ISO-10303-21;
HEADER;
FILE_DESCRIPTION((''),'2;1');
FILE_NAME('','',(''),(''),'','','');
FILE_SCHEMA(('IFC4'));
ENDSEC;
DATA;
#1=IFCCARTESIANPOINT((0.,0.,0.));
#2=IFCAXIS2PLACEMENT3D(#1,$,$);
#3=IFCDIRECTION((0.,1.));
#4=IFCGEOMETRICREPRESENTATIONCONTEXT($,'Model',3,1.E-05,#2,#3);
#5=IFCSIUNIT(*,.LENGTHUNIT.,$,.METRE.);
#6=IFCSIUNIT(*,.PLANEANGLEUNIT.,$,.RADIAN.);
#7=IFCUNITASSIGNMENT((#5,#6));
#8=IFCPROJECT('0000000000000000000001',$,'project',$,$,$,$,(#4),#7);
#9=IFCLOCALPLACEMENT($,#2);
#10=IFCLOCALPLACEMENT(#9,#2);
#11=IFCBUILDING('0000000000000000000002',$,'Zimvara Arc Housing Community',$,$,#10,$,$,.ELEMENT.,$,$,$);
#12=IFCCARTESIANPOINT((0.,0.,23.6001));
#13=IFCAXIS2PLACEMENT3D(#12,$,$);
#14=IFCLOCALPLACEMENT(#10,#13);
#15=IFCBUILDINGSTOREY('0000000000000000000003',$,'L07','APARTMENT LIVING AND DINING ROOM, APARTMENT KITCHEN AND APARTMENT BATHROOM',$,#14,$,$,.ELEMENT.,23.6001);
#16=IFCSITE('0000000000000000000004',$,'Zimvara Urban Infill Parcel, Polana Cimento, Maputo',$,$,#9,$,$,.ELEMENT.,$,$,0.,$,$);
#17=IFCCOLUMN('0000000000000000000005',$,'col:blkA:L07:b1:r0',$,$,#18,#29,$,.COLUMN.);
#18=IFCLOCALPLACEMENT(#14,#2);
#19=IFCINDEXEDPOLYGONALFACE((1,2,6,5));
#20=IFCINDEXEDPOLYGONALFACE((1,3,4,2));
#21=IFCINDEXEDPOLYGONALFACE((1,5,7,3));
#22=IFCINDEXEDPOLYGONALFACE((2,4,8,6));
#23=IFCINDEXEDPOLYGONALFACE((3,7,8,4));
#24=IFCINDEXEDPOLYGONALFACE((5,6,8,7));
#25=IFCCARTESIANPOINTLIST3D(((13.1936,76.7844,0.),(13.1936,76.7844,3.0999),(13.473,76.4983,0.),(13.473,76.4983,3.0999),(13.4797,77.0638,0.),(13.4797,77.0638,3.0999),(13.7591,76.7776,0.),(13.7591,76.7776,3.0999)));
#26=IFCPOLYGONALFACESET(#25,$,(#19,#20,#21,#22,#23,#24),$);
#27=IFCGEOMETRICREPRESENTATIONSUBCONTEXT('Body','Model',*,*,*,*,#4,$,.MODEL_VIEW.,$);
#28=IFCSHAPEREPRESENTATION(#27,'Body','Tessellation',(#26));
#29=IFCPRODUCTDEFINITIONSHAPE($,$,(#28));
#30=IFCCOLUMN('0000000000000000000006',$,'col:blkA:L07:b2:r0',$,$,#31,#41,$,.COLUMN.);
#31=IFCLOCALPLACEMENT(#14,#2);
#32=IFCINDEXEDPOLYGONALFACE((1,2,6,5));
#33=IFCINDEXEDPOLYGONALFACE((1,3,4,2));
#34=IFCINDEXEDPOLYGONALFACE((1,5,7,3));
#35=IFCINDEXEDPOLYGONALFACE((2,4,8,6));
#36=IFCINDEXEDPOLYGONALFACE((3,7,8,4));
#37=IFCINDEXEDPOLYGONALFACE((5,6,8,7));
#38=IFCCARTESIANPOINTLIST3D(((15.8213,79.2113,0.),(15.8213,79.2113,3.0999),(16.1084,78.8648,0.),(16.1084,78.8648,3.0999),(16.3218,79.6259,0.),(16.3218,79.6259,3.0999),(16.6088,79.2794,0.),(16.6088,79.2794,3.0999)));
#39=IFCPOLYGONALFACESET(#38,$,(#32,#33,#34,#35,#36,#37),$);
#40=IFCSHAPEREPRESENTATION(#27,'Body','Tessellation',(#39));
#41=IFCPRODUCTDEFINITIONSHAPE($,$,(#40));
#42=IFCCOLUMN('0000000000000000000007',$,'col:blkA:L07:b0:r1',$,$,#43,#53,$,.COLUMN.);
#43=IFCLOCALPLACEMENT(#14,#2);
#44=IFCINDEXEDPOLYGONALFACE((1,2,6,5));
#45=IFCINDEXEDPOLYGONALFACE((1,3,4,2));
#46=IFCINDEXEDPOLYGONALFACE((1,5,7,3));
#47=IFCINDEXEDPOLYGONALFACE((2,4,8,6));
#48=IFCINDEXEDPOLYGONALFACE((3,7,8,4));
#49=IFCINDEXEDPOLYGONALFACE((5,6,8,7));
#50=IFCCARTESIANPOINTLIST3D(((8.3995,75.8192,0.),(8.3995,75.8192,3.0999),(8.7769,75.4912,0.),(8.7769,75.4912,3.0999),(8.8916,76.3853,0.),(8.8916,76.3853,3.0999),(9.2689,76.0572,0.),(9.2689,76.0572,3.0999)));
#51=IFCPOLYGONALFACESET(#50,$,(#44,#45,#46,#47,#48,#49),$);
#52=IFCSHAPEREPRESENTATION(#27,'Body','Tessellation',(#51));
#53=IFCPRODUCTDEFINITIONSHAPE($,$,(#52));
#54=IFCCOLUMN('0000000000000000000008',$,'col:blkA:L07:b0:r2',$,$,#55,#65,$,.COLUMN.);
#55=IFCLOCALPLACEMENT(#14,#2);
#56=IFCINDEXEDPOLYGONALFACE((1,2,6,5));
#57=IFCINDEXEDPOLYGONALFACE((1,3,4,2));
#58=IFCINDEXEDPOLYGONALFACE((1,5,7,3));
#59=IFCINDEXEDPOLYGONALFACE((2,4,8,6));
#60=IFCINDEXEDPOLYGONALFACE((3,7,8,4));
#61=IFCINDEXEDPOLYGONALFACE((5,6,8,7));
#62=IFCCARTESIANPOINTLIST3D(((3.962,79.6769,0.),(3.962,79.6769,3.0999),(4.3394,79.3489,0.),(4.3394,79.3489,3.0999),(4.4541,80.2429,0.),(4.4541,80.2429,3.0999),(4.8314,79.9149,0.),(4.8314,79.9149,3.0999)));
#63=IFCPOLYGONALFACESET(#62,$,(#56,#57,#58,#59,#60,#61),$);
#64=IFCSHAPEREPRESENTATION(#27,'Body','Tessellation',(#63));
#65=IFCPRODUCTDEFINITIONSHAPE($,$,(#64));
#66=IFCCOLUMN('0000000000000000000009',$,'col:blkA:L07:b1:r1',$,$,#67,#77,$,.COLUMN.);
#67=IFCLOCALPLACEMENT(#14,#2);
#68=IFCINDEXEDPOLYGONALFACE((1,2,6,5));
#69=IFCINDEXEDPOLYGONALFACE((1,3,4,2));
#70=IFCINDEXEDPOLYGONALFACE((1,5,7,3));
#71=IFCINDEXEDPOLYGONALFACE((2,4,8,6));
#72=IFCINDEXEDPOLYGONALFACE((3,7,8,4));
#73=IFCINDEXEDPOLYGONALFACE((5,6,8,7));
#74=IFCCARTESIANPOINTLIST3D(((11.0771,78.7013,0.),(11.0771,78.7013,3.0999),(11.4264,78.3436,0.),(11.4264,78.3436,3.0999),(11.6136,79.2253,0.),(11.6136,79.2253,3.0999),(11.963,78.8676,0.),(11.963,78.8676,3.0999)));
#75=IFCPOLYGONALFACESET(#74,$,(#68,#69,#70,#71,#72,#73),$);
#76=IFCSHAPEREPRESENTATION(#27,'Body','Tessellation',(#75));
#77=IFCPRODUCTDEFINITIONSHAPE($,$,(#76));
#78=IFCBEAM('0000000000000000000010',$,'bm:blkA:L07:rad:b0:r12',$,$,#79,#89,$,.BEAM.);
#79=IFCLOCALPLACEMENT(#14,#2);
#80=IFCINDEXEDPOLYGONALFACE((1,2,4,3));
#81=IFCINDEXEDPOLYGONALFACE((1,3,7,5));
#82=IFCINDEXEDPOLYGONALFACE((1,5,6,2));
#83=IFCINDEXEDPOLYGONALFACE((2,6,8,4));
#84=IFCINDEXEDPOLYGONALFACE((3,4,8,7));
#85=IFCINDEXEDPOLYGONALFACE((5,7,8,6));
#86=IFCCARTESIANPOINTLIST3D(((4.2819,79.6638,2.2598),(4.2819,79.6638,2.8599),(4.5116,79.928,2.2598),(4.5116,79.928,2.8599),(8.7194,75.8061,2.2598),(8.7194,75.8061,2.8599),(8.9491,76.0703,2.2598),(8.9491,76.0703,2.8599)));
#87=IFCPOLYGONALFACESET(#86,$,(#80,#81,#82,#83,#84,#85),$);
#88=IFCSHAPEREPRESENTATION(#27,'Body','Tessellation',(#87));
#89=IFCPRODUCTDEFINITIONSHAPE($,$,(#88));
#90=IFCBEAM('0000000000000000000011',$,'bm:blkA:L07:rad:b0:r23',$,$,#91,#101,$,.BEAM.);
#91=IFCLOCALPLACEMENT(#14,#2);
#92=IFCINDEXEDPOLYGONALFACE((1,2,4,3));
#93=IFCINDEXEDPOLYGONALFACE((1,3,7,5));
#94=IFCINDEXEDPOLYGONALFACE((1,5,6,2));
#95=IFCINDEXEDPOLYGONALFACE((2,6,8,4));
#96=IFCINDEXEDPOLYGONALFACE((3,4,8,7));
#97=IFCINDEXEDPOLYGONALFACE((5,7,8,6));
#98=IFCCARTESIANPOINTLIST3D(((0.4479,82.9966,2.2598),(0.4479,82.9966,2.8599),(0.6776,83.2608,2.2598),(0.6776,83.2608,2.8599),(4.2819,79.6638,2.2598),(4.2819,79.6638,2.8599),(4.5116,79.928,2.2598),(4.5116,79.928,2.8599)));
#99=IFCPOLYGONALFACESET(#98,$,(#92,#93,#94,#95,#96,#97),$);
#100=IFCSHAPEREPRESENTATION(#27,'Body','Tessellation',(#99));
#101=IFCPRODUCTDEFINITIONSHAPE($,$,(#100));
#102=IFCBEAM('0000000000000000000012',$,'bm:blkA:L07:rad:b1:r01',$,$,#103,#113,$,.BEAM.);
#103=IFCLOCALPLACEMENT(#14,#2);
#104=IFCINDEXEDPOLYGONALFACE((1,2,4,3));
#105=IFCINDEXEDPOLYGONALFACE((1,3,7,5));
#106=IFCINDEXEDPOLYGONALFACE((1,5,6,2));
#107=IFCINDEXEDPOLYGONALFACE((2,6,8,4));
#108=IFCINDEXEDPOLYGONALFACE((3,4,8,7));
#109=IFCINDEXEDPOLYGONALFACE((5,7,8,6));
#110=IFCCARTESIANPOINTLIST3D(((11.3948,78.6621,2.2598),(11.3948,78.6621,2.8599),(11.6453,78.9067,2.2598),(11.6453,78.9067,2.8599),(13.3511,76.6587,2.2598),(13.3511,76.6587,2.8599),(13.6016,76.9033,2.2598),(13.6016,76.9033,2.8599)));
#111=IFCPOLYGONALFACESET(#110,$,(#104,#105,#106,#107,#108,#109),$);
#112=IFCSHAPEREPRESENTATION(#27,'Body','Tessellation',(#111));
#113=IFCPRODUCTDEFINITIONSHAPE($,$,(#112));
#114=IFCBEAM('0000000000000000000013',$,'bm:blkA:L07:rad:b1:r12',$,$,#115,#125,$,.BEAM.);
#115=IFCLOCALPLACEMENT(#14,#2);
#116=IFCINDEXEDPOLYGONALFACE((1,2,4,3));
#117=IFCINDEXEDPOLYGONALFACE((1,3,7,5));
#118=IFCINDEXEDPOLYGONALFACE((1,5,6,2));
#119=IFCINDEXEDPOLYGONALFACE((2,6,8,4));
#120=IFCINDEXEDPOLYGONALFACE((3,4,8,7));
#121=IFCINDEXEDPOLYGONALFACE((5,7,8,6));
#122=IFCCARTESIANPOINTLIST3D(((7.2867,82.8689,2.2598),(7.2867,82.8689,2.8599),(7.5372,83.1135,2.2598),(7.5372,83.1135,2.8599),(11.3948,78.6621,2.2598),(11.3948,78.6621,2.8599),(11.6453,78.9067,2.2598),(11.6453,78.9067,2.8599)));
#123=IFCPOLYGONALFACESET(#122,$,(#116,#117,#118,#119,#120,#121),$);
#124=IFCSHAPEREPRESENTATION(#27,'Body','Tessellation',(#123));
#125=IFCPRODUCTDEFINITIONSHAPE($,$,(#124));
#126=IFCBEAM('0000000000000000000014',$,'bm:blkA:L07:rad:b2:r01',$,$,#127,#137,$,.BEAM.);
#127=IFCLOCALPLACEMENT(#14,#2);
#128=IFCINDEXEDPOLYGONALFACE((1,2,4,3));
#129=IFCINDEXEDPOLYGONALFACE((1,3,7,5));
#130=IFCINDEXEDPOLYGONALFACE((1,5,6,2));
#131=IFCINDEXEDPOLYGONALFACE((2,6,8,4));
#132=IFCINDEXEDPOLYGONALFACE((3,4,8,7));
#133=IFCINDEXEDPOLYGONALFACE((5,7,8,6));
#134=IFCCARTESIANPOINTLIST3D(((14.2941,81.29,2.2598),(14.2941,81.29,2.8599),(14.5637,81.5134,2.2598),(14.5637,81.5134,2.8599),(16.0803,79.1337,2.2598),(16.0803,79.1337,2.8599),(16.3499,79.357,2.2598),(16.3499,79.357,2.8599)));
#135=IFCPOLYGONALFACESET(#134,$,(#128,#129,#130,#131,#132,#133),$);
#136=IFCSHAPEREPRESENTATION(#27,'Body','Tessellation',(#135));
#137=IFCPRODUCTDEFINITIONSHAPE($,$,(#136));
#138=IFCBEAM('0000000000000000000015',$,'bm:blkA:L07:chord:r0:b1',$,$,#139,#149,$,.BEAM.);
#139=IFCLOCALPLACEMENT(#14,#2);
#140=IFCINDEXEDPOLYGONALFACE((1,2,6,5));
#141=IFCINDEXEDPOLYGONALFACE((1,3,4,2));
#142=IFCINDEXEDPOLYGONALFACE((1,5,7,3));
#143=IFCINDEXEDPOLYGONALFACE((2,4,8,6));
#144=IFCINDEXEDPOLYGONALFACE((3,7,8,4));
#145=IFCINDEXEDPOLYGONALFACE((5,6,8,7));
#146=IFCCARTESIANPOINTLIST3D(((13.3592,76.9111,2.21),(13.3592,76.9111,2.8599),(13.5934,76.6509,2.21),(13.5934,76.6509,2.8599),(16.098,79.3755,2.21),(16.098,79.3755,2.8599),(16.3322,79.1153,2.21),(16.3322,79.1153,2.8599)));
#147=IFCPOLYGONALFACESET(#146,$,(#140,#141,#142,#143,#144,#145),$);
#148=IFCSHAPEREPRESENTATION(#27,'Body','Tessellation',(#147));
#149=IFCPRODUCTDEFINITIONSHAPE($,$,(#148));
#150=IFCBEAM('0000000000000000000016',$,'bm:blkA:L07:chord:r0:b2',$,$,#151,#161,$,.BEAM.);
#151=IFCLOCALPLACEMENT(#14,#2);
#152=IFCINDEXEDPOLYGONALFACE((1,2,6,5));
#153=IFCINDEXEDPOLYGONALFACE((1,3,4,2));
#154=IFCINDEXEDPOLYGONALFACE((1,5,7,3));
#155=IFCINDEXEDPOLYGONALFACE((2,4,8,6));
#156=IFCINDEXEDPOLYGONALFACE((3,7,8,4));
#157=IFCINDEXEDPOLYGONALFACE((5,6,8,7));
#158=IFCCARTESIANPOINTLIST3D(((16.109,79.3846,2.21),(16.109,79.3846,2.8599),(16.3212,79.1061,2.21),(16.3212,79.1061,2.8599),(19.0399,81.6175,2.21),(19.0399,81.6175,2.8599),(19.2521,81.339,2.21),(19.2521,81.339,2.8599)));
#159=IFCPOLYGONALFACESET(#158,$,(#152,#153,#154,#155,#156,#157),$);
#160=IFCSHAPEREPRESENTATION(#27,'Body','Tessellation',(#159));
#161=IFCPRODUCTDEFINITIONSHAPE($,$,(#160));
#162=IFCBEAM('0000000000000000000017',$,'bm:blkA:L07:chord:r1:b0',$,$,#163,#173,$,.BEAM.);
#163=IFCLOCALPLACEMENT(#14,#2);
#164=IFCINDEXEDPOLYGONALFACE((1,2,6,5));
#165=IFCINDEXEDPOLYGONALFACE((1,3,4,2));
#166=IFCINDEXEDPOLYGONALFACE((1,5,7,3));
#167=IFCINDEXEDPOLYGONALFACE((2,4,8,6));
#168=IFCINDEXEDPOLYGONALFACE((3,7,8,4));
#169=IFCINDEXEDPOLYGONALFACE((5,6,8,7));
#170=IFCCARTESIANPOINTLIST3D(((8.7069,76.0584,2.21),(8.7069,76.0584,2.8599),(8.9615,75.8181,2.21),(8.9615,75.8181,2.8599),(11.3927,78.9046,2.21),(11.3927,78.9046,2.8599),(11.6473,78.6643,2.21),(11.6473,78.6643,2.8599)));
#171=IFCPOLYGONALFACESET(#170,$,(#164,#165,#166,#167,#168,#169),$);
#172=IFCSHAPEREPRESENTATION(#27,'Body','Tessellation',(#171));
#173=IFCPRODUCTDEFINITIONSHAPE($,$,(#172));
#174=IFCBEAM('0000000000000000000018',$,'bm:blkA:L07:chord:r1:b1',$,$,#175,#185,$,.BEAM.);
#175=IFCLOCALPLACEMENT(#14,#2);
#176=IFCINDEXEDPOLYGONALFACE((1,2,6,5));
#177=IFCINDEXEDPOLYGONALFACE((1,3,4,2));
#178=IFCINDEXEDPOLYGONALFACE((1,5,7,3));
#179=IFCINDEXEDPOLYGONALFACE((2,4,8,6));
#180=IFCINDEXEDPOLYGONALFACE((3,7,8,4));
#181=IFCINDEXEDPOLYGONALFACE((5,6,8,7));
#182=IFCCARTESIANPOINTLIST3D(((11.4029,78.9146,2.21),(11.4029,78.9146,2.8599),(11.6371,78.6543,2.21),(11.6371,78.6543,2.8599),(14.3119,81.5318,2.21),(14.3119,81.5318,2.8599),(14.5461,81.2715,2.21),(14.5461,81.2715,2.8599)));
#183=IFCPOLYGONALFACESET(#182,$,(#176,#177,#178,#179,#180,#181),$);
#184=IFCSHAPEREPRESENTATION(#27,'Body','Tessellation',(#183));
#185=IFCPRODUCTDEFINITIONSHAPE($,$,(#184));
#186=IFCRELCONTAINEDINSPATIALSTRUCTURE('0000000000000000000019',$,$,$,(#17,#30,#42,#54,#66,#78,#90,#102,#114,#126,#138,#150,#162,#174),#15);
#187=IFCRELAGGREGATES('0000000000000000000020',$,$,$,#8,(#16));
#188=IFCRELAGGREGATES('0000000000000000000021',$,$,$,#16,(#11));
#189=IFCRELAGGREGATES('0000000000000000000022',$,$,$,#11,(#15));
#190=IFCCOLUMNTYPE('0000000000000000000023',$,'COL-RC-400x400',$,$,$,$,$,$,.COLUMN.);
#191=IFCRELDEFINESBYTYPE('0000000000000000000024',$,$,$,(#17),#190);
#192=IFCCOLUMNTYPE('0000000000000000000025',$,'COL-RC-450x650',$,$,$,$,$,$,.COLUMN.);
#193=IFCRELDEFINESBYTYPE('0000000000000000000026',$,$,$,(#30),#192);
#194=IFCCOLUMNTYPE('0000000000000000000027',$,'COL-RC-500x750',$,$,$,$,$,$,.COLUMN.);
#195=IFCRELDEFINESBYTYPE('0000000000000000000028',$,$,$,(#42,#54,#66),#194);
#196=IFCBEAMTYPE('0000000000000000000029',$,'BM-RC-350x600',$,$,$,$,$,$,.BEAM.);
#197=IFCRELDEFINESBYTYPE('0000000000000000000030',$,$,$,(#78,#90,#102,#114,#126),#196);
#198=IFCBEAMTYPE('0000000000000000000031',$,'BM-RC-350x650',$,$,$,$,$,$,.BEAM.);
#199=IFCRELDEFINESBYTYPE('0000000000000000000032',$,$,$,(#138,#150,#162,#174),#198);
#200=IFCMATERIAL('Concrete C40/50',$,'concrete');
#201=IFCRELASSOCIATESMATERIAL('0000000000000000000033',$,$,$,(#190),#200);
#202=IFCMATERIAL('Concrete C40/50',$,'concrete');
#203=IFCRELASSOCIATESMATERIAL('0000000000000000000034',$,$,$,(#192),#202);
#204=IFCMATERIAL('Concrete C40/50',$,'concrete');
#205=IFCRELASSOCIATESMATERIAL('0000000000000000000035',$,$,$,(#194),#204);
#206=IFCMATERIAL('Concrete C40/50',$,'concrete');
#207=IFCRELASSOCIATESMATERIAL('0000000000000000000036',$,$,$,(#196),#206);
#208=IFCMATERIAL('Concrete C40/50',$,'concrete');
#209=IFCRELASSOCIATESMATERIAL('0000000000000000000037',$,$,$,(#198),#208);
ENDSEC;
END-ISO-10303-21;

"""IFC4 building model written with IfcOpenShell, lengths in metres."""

from ifc_helpers import new_model, si_unit, direction, frame, origin, origin_2d, place, context, subcontext, project, spatial, rectangle, extrude, material, material_profile, profile_set, type_object, element, save


model = new_model("IFC4")

# Units and contexts
model_context = context("Model", 3, precision=1e-05, world=origin(), true_north=direction((0.0, 1.0)))
body_context = subcontext(model_context, "Body", "Model", "MODEL_VIEW")
ifc_project = project(units=[si_unit("LENGTHUNIT", "METRE"), si_unit("PLANEANGLEUNIT", "RADIAN")], contexts=[model_context])

# Site, building, storey
site_placement = place(None, origin())
site = spatial("IfcSite", under=ifc_project, at=site_placement, Name="Zimvara Urban Infill Parcel, Polana Cimento, Maputo", CompositionType="ELEMENT", RefElevation=0.0)
building_placement = place(site_placement, origin())
building = spatial("IfcBuilding", under=site, at=building_placement, Name="Zimvara Arc Housing Community", CompositionType="ELEMENT")
storey_placement = place(building_placement, frame((0.0, 0.0, 23.6001)))
storey = spatial("IfcBuildingStorey", under=building, at=storey_placement, Name="L07", Description="APARTMENT LIVING AND DINING ROOM, APARTMENT KITCHEN AND APARTMENT BATHROOM", CompositionType="ELEMENT", Elevation=23.6001)

# Columns
ifc_material_1 = material(Name="Concrete C40/50", Category="concrete")
ifc_material_profile_1 = material_profile(ifc_material_1, rectangle(XDim=0.3999, YDim=0.3999, at=origin_2d()), Name="RC 400x400")
ifc_profile_set_1 = profile_set([ifc_material_profile_1], Name="Concrete C40/50")
column_type_1 = type_object("IfcColumnType", Name="COL-RC-400x400", PredefinedType="COLUMN", material=ifc_profile_set_1)
column_1_placement = place(storey_placement, frame((13.4763, 76.781, 0.0), z_axis=(0.0, 0.0, 1.0), x_axis=(-0.698665, 0.715449, 0.0)))
element("IfcColumn", 1, at=column_1_placement, inside=storey, type_object=column_type_1, Name="col:blkA:L07:b1:r0", PredefinedType="COLUMN", context=body_context, shape_type="SweptSolid", body=[
    extrude(rectangle(XDim=0.3999, YDim=0.3999, at=origin_2d()), origin(), (0.0, 0.0, 1.0), 3.0999),
])
ifc_material_2 = material(Name="Concrete C40/50", Category="concrete")
ifc_material_profile_2 = material_profile(ifc_material_2, rectangle(XDim=0.45, YDim=0.6499, at=origin_2d()), Name="RC 450x650")
ifc_profile_set_2 = profile_set([ifc_material_profile_2], Name="Concrete C40/50")
column_type_2 = type_object("IfcColumnType", Name="COL-RC-450x650", PredefinedType="COLUMN", material=ifc_profile_set_2)
column_2_placement = place(storey_placement, frame((16.2151, 79.2454, 0.0), z_axis=(0.0, 0.0, 1.0), x_axis=(-0.637962, 0.770068, 0.0)))
element("IfcColumn", 2, at=column_2_placement, inside=storey, type_object=column_type_2, Name="col:blkA:L07:b2:r0", PredefinedType="COLUMN", context=body_context, shape_type="SweptSolid", body=[
    extrude(rectangle(XDim=0.45, YDim=0.6499, at=origin_2d()), origin(), (0.0, 0.0, 1.0), 3.0999),
])
ifc_material_3 = material(Name="Concrete C40/50", Category="concrete")
ifc_material_profile_3 = material_profile(ifc_material_3, rectangle(XDim=0.5, YDim=0.75, at=origin_2d()), Name="RC 500x750")
ifc_profile_set_3 = profile_set([ifc_material_profile_3], Name="Concrete C40/50")
column_type_3 = type_object("IfcColumnType", Name="COL-RC-500x750", PredefinedType="COLUMN", material=ifc_profile_set_3)
for number, where, z_axis, x_axis, name in (
    (3, (8.8342, 75.9382, 0.0), (0.0, 0.0, 1.0), (-0.75471, 0.656059, 0.0), "col:blkA:L07:b0:r1"),
    (4, (4.3967, 79.7959, 0.0), (0.0, 0.0, 1.0), (-0.75471, 0.656059, 0.0), "col:blkA:L07:b0:r2"),
    (5, (11.52, 78.7844, 0.0), (0.0, 0.0, 1.0), (-0.698665, 0.715449, 0.0), "col:blkA:L07:b1:r1"),
):
    element("IfcColumn", number, at=place(storey_placement, frame(where, z_axis=z_axis, x_axis=x_axis)), inside=storey, type_object=column_type_3, Name=name, PredefinedType="COLUMN", context=body_context, shape_type="SweptSolid", body=[
        extrude(rectangle(XDim=0.5, YDim=0.75, at=origin_2d()), origin(), (0.0, 0.0, 1.0), 3.0999),
    ])

# Beams
ifc_material_4 = material(Name="Concrete C40/50", Category="concrete")
ifc_material_profile_4 = material_profile(ifc_material_4, rectangle(XDim=0.3501, YDim=0.6001, at=origin_2d()), Name="RC 350x600")
ifc_profile_set_4 = profile_set([ifc_material_profile_4], Name="Concrete C40/50")
beam_type_1 = type_object("IfcBeamType", Name="BM-RC-350x600", PredefinedType="BEAM", material=ifc_profile_set_4)
beam_1_placement = place(storey_placement, frame((8.8342, 75.9382, 2.5598), z_axis=(-0.754692, 0.656079, 0.0), x_axis=(-0.656079, -0.754692, 0.0)))
element("IfcBeam", 6, at=beam_1_placement, inside=storey, type_object=beam_type_1, Name="bm:blkA:L07:rad:b0:r12", PredefinedType="BEAM", context=body_context, shape_type="SweptSolid", body=[
    extrude(rectangle(XDim=0.3501, YDim=0.6001, at=origin_2d()), origin(), (0.0, 0.0, 1.0), 5.8799),
])
beam_2_placement = place(storey_placement, frame((4.3967, 79.7959, 2.5598), z_axis=(-0.754716, 0.656051, 0.0), x_axis=(-0.656051, -0.754716, 0.0)))
element("IfcBeam", 7, at=beam_2_placement, inside=storey, type_object=beam_type_1, Name="bm:blkA:L07:rad:b0:r23", PredefinedType="BEAM", context=body_context, shape_type="SweptSolid", body=[
    extrude(rectangle(XDim=0.3501, YDim=0.6001, at=origin_2d()), origin(), (0.0, 0.0, 1.0), 5.0801),
])
beam_3_placement = place(storey_placement, frame((13.4763, 76.781, 2.5598), z_axis=(-0.698643, 0.71547, 0.0), x_axis=(-0.71547, -0.698643, 0.0)))
element("IfcBeam", 8, at=beam_3_placement, inside=storey, type_object=beam_type_1, Name="bm:blkA:L07:rad:b1:r01", PredefinedType="BEAM", context=body_context, shape_type="SweptSolid", body=[
    extrude(rectangle(XDim=0.3501, YDim=0.6001, at=origin_2d()), origin(), (0.0, 0.0, 1.0), 2.8),
])
beam_4_placement = place(storey_placement, frame((11.52, 78.7844, 2.5598), z_axis=(-0.69867, 0.715444, 0.0), x_axis=(-0.715444, -0.69867, 0.0)))
element("IfcBeam", 9, at=beam_4_placement, inside=storey, type_object=beam_type_1, Name="bm:blkA:L07:rad:b1:r12", PredefinedType="BEAM", context=body_context, shape_type="SweptSolid", body=[
    extrude(rectangle(XDim=0.3501, YDim=0.6001, at=origin_2d()), origin(), (0.0, 0.0, 1.0), 5.8799),
])
beam_5_placement = place(storey_placement, frame((16.2151, 79.2454, 2.5598), z_axis=(-0.637917, 0.770105, 0.0), x_axis=(-0.770105, -0.637917, 0.0)))
element("IfcBeam", 10, at=beam_5_placement, inside=storey, type_object=beam_type_1, Name="bm:blkA:L07:rad:b2:r01", PredefinedType="BEAM", context=body_context, shape_type="SweptSolid", body=[
    extrude(rectangle(XDim=0.3501, YDim=0.6001, at=origin_2d()), origin(), (0.0, 0.0, 1.0), 2.8),
])
ifc_material_5 = material(Name="Concrete C40/50", Category="concrete")
ifc_material_profile_5 = material_profile(ifc_material_5, rectangle(XDim=0.3501, YDim=0.6499, at=origin_2d()), Name="RC 350x650")
ifc_profile_set_5 = profile_set([ifc_material_profile_5], Name="Concrete C40/50")
beam_type_2 = type_object("IfcBeamType", Name="BM-RC-350x650", PredefinedType="BEAM", material=ifc_profile_set_5)
beam_6_placement = place(storey_placement, frame((13.4763, 76.781, 2.5349), z_axis=(0.743367, 0.668884, 0.0), x_axis=(-0.668884, 0.743367, 0.0)))
element("IfcBeam", 11, at=beam_6_placement, inside=storey, type_object=beam_type_2, Name="bm:blkA:L07:chord:r0:b1", PredefinedType="BEAM", context=body_context, shape_type="SweptSolid", body=[
    extrude(rectangle(XDim=0.3501, YDim=0.6499, at=origin_2d()), origin(), (0.0, 0.0, 1.0), 3.6843),
])
beam_7_placement = place(storey_placement, frame((16.2151, 79.2454, 2.5349), z_axis=(0.795453, 0.606015, 0.0), x_axis=(-0.606015, 0.795453, 0.0)))
element("IfcBeam", 12, at=beam_7_placement, inside=storey, type_object=beam_type_2, Name="bm:blkA:L07:chord:r0:b2", PredefinedType="BEAM", context=body_context, shape_type="SweptSolid", body=[
    extrude(rectangle(XDim=0.3501, YDim=0.6499, at=origin_2d()), origin(), (0.0, 0.0, 1.0), 3.6846),
])
beam_8_placement = place(storey_placement, frame((8.8342, 75.9382, 2.5349), z_axis=(0.686316, 0.727304, 0.0), x_axis=(-0.727304, 0.686316, 0.0)))
element("IfcBeam", 13, at=beam_8_placement, inside=storey, type_object=beam_type_2, Name="bm:blkA:L07:chord:r1:b0", PredefinedType="BEAM", context=body_context, shape_type="SweptSolid", body=[
    extrude(rectangle(XDim=0.3501, YDim=0.6499, at=origin_2d()), origin(), (0.0, 0.0, 1.0), 3.9133),
])
beam_9_placement = place(storey_placement, frame((11.52, 78.7844, 2.5349), z_axis=(0.743403, 0.668844, 0.0), x_axis=(-0.668844, 0.743403, 0.0)))
element("IfcBeam", 14, at=beam_9_placement, inside=storey, type_object=beam_type_2, Name="bm:blkA:L07:chord:r1:b1", PredefinedType="BEAM", context=body_context, shape_type="SweptSolid", body=[
    extrude(rectangle(XDim=0.3501, YDim=0.6499, at=origin_2d()), origin(), (0.0, 0.0, 1.0), 3.9131),
])

save(model, "model.ifc")
